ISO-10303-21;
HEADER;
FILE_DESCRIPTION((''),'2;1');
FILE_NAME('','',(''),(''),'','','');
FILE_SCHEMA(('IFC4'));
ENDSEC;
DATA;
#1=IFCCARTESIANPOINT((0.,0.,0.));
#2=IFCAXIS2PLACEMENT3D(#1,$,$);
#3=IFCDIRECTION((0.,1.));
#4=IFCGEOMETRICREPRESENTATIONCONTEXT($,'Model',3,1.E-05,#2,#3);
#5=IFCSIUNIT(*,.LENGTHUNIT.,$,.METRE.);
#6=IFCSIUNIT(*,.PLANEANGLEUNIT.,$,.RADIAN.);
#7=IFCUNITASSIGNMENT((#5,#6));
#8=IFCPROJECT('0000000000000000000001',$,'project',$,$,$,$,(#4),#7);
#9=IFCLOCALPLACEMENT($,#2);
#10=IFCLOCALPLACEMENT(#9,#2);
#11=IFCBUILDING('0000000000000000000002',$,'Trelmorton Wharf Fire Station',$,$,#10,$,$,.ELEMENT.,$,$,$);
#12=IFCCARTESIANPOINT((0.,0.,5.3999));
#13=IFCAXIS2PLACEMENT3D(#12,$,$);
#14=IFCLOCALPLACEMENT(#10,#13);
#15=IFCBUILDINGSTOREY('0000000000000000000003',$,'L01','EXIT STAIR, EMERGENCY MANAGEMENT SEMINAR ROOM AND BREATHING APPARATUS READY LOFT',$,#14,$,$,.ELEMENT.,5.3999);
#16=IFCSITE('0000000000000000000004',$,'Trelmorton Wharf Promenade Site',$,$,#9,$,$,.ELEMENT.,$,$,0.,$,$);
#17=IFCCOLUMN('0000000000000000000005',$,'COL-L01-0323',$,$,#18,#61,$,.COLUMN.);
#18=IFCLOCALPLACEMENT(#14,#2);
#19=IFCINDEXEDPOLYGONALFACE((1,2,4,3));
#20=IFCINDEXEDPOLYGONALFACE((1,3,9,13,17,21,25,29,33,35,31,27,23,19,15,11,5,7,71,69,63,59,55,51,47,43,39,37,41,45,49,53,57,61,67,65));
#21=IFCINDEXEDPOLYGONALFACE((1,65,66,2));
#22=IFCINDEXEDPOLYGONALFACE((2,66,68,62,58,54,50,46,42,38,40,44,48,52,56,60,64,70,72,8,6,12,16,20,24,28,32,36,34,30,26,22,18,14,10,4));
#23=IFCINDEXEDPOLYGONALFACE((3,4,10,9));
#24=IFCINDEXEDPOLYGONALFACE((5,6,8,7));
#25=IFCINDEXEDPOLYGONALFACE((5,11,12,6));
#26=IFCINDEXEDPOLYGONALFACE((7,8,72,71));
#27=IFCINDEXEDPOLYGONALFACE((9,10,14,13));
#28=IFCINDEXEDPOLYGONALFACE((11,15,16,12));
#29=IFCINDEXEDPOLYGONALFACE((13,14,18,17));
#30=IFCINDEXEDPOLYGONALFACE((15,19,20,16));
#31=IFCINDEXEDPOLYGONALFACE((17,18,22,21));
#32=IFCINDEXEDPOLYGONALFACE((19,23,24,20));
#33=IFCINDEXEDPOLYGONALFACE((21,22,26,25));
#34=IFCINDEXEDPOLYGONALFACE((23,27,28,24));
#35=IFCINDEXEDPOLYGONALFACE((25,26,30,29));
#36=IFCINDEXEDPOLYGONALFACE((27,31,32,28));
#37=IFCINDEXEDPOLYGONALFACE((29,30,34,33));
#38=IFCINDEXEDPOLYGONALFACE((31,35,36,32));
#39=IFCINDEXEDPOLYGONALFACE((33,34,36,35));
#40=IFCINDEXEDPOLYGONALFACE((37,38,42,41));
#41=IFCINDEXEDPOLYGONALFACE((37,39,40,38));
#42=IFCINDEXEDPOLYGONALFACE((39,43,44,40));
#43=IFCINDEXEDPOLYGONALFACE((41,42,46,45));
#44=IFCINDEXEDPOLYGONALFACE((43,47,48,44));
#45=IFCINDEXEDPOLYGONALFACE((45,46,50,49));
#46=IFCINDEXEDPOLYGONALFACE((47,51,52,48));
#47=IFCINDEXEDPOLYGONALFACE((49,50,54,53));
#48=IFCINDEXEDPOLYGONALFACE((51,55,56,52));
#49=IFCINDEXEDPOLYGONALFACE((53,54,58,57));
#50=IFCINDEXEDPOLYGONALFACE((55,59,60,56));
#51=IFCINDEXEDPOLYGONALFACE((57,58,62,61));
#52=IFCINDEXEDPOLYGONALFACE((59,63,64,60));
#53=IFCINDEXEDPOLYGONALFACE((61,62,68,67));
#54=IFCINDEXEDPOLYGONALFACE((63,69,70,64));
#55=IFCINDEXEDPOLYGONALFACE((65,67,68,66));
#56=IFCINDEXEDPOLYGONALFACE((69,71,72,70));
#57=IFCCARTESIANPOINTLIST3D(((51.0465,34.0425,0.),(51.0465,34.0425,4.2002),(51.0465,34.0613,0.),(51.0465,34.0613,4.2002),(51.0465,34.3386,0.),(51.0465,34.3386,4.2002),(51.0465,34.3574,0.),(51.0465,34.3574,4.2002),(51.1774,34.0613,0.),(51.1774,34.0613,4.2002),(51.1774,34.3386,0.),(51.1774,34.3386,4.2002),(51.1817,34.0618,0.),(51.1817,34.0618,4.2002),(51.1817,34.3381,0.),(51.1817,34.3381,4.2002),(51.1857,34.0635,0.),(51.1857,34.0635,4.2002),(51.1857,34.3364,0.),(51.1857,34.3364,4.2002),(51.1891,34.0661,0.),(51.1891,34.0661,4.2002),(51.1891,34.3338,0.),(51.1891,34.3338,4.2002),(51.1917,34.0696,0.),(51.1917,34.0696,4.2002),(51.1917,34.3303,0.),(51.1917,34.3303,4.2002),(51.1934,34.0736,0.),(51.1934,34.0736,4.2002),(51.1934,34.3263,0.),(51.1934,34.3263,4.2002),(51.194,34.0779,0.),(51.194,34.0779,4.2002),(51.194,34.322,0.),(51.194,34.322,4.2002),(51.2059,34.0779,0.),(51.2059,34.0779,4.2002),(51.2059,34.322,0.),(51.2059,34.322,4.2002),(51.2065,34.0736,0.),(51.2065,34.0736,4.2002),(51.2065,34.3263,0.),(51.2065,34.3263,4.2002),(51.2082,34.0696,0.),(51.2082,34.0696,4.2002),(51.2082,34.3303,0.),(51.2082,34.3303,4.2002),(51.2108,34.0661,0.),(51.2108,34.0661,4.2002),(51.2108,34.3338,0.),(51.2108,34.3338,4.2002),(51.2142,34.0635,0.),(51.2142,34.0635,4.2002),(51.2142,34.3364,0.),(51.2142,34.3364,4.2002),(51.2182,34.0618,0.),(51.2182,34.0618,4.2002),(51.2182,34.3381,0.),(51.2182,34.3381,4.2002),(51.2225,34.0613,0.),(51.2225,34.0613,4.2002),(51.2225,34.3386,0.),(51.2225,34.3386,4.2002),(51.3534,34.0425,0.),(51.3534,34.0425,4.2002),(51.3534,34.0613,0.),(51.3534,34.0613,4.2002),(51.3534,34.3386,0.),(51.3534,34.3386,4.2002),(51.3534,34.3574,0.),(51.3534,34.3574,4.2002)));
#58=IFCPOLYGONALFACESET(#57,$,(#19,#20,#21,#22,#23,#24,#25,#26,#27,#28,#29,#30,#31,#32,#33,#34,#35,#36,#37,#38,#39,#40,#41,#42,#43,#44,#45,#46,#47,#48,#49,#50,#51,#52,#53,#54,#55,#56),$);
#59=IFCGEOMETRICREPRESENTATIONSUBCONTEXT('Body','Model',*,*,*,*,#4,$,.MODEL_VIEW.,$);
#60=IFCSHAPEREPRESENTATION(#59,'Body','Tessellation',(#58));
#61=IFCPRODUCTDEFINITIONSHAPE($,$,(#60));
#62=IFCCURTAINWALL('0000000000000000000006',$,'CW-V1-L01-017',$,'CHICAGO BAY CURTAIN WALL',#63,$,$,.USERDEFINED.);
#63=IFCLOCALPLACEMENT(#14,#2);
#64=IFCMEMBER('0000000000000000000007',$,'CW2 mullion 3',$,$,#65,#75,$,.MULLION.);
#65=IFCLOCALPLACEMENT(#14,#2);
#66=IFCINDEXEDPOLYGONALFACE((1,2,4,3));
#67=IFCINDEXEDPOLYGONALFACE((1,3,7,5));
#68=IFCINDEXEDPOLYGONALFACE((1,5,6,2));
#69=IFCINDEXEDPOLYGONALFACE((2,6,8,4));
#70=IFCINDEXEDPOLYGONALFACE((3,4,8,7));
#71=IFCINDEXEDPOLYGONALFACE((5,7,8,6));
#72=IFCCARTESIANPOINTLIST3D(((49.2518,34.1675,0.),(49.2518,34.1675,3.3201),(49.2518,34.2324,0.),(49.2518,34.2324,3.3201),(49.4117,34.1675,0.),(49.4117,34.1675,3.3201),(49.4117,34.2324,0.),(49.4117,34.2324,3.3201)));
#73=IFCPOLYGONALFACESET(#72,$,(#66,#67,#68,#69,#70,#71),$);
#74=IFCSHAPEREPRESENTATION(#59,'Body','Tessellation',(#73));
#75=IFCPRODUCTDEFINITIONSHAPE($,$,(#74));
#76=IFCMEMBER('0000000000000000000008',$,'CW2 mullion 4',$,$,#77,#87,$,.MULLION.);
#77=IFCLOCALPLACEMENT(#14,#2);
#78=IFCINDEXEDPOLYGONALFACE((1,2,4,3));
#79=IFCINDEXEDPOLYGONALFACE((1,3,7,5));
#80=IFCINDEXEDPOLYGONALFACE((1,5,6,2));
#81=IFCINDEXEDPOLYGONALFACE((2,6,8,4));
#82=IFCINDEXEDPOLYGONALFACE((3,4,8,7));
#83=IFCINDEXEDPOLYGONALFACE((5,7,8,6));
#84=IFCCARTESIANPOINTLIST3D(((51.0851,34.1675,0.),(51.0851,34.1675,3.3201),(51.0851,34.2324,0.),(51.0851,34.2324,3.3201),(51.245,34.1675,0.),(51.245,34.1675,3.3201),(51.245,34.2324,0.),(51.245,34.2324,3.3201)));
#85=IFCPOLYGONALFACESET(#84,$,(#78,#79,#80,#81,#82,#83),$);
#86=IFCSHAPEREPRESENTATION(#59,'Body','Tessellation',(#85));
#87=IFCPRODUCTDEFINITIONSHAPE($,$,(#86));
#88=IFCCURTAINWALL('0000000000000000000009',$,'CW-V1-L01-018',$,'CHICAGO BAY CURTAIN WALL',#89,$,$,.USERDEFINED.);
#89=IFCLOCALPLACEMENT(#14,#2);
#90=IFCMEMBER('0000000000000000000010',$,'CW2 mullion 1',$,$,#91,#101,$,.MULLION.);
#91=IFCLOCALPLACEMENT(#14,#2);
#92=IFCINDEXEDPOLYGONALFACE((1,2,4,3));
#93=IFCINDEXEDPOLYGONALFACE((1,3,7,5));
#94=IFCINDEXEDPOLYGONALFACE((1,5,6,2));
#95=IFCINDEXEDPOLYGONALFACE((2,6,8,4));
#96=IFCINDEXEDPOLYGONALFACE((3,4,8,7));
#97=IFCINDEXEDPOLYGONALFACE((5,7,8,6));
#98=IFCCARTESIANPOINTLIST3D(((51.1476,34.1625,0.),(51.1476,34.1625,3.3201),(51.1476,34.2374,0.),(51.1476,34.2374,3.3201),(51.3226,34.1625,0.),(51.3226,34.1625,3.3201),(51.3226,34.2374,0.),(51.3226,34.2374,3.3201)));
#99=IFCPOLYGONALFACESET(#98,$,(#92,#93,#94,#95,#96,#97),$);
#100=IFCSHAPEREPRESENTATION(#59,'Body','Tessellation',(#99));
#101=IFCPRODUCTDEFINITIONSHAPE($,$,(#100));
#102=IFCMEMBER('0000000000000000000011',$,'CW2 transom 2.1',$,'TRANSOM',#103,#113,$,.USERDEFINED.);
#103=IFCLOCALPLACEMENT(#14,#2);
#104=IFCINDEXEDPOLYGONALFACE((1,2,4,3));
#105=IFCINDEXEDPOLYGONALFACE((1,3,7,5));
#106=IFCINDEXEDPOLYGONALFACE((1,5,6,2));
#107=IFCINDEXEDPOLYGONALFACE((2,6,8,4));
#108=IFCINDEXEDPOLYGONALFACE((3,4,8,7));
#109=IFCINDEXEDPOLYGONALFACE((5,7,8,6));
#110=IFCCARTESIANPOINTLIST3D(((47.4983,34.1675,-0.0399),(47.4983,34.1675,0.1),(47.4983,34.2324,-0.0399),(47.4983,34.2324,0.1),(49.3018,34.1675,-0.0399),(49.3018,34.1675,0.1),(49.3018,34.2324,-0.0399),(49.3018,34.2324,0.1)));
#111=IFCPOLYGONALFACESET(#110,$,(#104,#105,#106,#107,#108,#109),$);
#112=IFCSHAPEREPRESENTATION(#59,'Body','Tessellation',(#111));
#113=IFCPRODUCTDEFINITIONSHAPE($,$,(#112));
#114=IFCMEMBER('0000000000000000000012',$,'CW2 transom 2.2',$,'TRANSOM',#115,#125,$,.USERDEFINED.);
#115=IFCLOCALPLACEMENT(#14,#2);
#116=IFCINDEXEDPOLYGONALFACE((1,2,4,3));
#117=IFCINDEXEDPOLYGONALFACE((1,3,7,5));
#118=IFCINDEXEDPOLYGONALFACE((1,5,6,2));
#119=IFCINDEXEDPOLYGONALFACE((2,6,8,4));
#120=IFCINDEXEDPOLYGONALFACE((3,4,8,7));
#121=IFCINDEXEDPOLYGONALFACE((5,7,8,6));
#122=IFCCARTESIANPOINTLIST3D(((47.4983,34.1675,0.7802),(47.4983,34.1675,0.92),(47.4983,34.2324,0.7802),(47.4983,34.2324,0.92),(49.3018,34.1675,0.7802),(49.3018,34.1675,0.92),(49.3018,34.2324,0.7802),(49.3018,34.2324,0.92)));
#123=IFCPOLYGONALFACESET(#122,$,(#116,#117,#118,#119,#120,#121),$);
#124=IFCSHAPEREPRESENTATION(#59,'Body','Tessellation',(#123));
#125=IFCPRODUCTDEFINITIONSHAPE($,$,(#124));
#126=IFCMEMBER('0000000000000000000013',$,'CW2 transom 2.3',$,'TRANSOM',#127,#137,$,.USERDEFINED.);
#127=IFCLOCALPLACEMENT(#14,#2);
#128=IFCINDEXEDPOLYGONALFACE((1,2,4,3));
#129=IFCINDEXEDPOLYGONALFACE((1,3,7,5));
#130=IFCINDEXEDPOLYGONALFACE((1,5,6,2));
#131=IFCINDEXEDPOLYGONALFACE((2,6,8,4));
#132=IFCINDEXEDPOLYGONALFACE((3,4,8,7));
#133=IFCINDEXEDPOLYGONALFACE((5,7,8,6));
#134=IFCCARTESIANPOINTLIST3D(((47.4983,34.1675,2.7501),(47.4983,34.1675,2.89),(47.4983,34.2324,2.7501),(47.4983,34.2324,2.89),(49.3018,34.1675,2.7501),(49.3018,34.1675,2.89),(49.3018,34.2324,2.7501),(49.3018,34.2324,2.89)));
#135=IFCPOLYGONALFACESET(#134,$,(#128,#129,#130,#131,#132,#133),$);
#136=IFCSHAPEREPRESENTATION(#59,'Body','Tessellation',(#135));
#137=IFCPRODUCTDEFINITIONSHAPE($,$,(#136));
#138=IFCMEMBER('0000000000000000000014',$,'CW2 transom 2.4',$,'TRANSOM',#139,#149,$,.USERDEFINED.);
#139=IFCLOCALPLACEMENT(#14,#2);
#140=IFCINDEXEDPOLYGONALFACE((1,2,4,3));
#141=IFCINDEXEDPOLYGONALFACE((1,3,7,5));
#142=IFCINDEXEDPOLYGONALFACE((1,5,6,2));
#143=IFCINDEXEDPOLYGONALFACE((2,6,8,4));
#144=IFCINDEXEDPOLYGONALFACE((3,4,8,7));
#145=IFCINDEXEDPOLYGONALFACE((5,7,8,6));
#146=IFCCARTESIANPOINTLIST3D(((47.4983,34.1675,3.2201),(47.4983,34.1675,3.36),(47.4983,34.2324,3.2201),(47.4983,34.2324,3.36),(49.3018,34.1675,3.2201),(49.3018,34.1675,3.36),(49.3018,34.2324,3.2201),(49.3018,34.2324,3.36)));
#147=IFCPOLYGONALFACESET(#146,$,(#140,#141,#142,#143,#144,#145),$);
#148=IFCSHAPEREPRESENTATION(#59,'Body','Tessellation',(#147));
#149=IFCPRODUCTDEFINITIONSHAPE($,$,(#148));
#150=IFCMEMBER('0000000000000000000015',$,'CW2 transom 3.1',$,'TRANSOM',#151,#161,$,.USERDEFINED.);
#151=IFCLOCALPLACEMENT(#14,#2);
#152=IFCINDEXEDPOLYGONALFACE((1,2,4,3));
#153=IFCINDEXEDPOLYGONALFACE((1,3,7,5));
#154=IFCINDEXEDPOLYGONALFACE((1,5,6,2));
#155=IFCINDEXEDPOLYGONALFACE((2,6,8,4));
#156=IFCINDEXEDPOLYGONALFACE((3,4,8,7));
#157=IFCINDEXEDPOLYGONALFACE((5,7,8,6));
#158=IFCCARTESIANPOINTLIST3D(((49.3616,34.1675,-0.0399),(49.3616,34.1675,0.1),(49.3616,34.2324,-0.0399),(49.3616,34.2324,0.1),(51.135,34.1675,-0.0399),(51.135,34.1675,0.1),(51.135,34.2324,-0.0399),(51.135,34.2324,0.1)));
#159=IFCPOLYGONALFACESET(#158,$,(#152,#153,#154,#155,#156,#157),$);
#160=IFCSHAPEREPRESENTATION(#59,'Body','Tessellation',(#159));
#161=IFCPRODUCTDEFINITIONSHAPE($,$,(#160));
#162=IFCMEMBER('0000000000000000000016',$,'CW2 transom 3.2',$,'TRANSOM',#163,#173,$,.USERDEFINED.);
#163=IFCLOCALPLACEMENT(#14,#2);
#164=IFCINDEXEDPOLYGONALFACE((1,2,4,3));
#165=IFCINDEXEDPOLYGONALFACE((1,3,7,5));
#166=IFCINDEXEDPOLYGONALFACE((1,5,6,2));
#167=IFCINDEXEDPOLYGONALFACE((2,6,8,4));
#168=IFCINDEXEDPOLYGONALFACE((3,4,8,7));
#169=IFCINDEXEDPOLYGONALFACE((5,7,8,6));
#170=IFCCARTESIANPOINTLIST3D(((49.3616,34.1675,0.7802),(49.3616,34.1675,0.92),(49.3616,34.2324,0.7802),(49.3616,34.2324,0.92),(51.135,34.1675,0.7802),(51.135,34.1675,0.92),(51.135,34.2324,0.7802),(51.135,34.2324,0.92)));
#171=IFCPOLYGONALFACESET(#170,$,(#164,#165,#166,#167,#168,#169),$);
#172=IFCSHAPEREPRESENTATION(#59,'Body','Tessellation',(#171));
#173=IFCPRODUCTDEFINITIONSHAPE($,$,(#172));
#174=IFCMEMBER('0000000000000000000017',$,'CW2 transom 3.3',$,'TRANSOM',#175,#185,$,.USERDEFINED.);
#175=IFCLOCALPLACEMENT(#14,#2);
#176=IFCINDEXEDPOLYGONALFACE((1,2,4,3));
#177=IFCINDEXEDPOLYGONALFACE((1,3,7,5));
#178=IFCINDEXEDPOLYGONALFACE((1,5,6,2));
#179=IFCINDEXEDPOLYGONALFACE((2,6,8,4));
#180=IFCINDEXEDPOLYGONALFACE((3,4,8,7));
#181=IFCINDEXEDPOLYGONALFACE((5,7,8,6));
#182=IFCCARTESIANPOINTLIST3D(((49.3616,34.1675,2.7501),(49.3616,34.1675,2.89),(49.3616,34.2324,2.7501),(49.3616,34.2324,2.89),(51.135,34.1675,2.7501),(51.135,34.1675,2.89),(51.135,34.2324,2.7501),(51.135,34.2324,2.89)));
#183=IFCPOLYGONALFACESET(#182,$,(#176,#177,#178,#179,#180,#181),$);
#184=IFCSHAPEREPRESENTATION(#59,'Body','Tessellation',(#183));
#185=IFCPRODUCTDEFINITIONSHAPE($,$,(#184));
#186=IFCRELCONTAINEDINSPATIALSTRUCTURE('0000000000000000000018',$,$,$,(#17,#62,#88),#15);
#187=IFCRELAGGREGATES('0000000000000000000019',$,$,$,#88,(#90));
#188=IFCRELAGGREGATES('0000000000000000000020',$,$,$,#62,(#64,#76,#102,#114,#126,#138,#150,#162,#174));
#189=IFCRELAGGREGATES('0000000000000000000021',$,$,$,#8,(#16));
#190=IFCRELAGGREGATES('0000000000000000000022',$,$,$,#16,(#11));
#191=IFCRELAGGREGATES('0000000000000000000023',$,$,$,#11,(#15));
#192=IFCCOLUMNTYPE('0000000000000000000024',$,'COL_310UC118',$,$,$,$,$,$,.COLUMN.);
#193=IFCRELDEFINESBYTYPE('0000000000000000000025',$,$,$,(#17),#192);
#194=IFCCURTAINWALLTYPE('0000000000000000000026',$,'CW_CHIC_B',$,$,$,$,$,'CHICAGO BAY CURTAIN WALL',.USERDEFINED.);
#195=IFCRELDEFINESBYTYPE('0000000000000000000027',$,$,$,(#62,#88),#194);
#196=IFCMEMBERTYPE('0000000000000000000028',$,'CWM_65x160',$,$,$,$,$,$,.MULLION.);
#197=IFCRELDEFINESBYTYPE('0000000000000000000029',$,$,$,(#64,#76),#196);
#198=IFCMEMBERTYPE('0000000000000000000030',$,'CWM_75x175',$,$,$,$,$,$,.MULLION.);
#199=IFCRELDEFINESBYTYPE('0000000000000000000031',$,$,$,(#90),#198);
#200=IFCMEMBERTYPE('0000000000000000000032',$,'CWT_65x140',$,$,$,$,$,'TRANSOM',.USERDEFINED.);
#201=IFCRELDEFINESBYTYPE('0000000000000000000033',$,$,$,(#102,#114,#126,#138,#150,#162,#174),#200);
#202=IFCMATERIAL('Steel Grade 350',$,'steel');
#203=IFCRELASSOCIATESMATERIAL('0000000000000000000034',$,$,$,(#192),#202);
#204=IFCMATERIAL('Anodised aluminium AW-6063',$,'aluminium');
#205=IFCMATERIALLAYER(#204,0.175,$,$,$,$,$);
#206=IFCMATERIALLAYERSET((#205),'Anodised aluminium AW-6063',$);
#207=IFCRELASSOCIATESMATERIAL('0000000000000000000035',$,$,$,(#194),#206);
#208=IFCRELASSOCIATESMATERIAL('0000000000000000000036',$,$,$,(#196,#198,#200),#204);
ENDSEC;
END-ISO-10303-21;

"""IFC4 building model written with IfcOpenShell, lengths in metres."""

from ifc_helpers import new_model, si_unit, direction, frame, origin, origin_2d, place, context, subcontext, project, spatial, rectangle, i_section, extrude, material, layer, layer_set, material_profile, profile_set, type_object, element, aggregate, save


model = new_model("IFC4")

# Units and contexts
model_context = context("Model", 3, precision=1e-05, world=origin(), true_north=direction((0.0, 1.0)))
body_context = subcontext(model_context, "Body", "Model", "MODEL_VIEW")
ifc_project = project(units=[si_unit("LENGTHUNIT", "METRE"), si_unit("PLANEANGLEUNIT", "RADIAN")], contexts=[model_context])

# Site, building, storey
site_placement = place(None, origin())
site = spatial("IfcSite", under=ifc_project, at=site_placement, Name="Trelmorton Wharf Promenade Site", CompositionType="ELEMENT", RefElevation=0.0)
building_placement = place(site_placement, origin())
building = spatial("IfcBuilding", under=site, at=building_placement, Name="Trelmorton Wharf Fire Station", CompositionType="ELEMENT")
storey_placement = place(building_placement, frame((0.0, 0.0, 5.3999)))
storey = spatial("IfcBuildingStorey", under=building, at=storey_placement, Name="L01", Description="EXIT STAIR, EMERGENCY MANAGEMENT SEMINAR ROOM AND BREATHING APPARATUS READY LOFT", CompositionType="ELEMENT", Elevation=5.3999)

# Column
ifc_material_1 = material(Name="Steel Grade 350", Category="steel")
ifc_material_profile_1 = material_profile(ifc_material_1, i_section(OverallWidth=0.3069, OverallDepth=0.3149, WebThickness=0.012, FlangeThickness=0.0188, FilletRadius=0.0166, at=origin_2d()), Name="310UC118")
ifc_profile_set_1 = profile_set([ifc_material_profile_1], Name="Steel Grade 350")
column_type = type_object("IfcColumnType", Name="COL_310UC118", PredefinedType="COLUMN", material=ifc_profile_set_1)
column_placement = place(storey_placement, frame((51.2, 34.2, 0.0), z_axis=(0.0, 0.0, 1.0), x_axis=(1.0, 0.0, 0.0)))
element("IfcColumn", 1, at=column_placement, inside=storey, type_object=column_type, Name="COL-L01-0323", PredefinedType="COLUMN", context=body_context, shape_type="SweptSolid", body=[
    extrude(i_section(OverallWidth=0.3069, OverallDepth=0.3149, WebThickness=0.012, FlangeThickness=0.0188, FilletRadius=0.0166, at=origin_2d()), origin(), (0.0, 0.0, 1.0), 4.2002),
])

# Curtain wall, members
ifc_material_2 = material(Name="Anodised aluminium AW-6063", Category="aluminium")
ifc_layer_1 = layer(ifc_material_2, 0.175)
ifc_layer_set_1 = layer_set([ifc_layer_1], Name="Anodised aluminium AW-6063")
curtain_wall_type = type_object("IfcCurtainWallType", Name="CW_CHIC_B", ElementType="CHICAGO BAY CURTAIN WALL", PredefinedType="USERDEFINED", material=ifc_layer_set_1)
curtain_wall_1_placement = place(storey_placement, origin())
curtain_wall_1 = element("IfcCurtainWall", 2, at=curtain_wall_1_placement, inside=storey, type_object=curtain_wall_type, Name="CW-V1-L01-017", ObjectType="CHICAGO BAY CURTAIN WALL", PredefinedType="USERDEFINED")
ifc_material_profile_2 = material_profile(ifc_material_2, rectangle(XDim=0.0649, YDim=0.1599, at=origin_2d()), Name="ALU-65x160")
ifc_profile_set_2 = profile_set([ifc_material_profile_2], Name="Anodised aluminium AW-6063")
member_type_1 = type_object("IfcMemberType", Name="CWM_65x160", PredefinedType="MULLION", material=ifc_profile_set_2)
member_1_placement = place(storey_placement, frame((49.3318, 34.2, 0.0), z_axis=(0.0, 0.0, 1.0), x_axis=(0.0, 1.0, 0.0)))
member_1 = element("IfcMember", 3, at=member_1_placement, type_object=member_type_1, Name="CW2 mullion 3", PredefinedType="MULLION", context=body_context, shape_type="SweptSolid", body=[
    extrude(rectangle(XDim=0.0649, YDim=0.1599, at=origin_2d()), origin(), (0.0, 0.0, 1.0), 3.3201),
])
member_2_placement = place(storey_placement, frame((51.165, 34.2, 0.0), z_axis=(0.0, 0.0, 1.0), x_axis=(0.0, 1.0, 0.0)))
member_2 = element("IfcMember", 4, at=member_2_placement, type_object=member_type_1, Name="CW2 mullion 4", PredefinedType="MULLION", context=body_context, shape_type="SweptSolid", body=[
    extrude(rectangle(XDim=0.0649, YDim=0.1599, at=origin_2d()), origin(), (0.0, 0.0, 1.0), 3.3201),
])

# Curtain wall, member
curtain_wall_2_placement = place(storey_placement, origin())
curtain_wall_2 = element("IfcCurtainWall", 5, at=curtain_wall_2_placement, inside=storey, type_object=curtain_wall_type, Name="CW-V1-L01-018", ObjectType="CHICAGO BAY CURTAIN WALL", PredefinedType="USERDEFINED")
ifc_material_profile_3 = material_profile(ifc_material_2, rectangle(XDim=0.075, YDim=0.175, at=origin_2d()), Name="ALU-75x175")
ifc_profile_set_3 = profile_set([ifc_material_profile_3], Name="Anodised aluminium AW-6063")
member_type_2 = type_object("IfcMemberType", Name="CWM_75x175", PredefinedType="MULLION", material=ifc_profile_set_3)
member_3_placement = place(storey_placement, frame((51.2351, 34.2, 0.0), z_axis=(0.0, 0.0, 1.0), x_axis=(0.0, 1.0, 0.0)))
member_3 = element("IfcMember", 6, at=member_3_placement, type_object=member_type_2, Name="CW2 mullion 1", PredefinedType="MULLION", context=body_context, shape_type="SweptSolid", body=[
    extrude(rectangle(XDim=0.075, YDim=0.175, at=origin_2d()), origin(), (0.0, 0.0, 1.0), 3.3201),
])

# Members
ifc_material_profile_4 = material_profile(ifc_material_2, rectangle(XDim=0.0649, YDim=0.1399, at=origin_2d()), Name="ALU-65x140")
ifc_profile_set_4 = profile_set([ifc_material_profile_4], Name="Anodised aluminium AW-6063")
member_type_3 = type_object("IfcMemberType", Name="CWT_65x140", ElementType="TRANSOM", PredefinedType="USERDEFINED", material=ifc_profile_set_4)
member_4_placement = place(storey_placement, frame((47.4983, 34.2, 0.03), z_axis=(1.0, 0.0, 0.0), x_axis=(0.0, 1.0, 0.0)))
member_4 = element("IfcMember", 7, at=member_4_placement, type_object=member_type_3, Name="CW2 transom 2.1", ObjectType="TRANSOM", PredefinedType="USERDEFINED", context=body_context, shape_type="SweptSolid", body=[
    extrude(rectangle(XDim=0.0649, YDim=0.1399, at=origin_2d()), origin(), (0.0, 0.0, 1.0), 1.8035),
])
member_5_placement = place(storey_placement, frame((47.4983, 34.2, 0.8501), z_axis=(1.0, 0.0, 0.0), x_axis=(0.0, 1.0, 0.0)))
member_5 = element("IfcMember", 8, at=member_5_placement, type_object=member_type_3, Name="CW2 transom 2.2", ObjectType="TRANSOM", PredefinedType="USERDEFINED", context=body_context, shape_type="SweptSolid", body=[
    extrude(rectangle(XDim=0.0649, YDim=0.1399, at=origin_2d()), origin(), (0.0, 0.0, 1.0), 1.8035),
])
member_6_placement = place(storey_placement, frame((47.4983, 34.2, 2.8201), z_axis=(1.0, 0.0, 0.0), x_axis=(0.0, 1.0, 0.0)))
member_6 = element("IfcMember", 9, at=member_6_placement, type_object=member_type_3, Name="CW2 transom 2.3", ObjectType="TRANSOM", PredefinedType="USERDEFINED", context=body_context, shape_type="SweptSolid", body=[
    extrude(rectangle(XDim=0.0649, YDim=0.1399, at=origin_2d()), origin(), (0.0, 0.0, 1.0), 1.8035),
])
member_7_placement = place(storey_placement, frame((47.4983, 34.2, 3.29), z_axis=(1.0, 0.0, 0.0), x_axis=(0.0, 1.0, 0.0)))
member_7 = element("IfcMember", 10, at=member_7_placement, type_object=member_type_3, Name="CW2 transom 2.4", ObjectType="TRANSOM", PredefinedType="USERDEFINED", context=body_context, shape_type="SweptSolid", body=[
    extrude(rectangle(XDim=0.0649, YDim=0.1399, at=origin_2d()), origin(), (0.0, 0.0, 1.0), 1.8035),
])
member_8_placement = place(storey_placement, frame((49.3616, 34.2, 0.03), z_axis=(1.0, 0.0, 0.0), x_axis=(0.0, 1.0, 0.0)))
member_8 = element("IfcMember", 11, at=member_8_placement, type_object=member_type_3, Name="CW2 transom 3.1", ObjectType="TRANSOM", PredefinedType="USERDEFINED", context=body_context, shape_type="SweptSolid", body=[
    extrude(rectangle(XDim=0.0649, YDim=0.1399, at=origin_2d()), origin(), (0.0, 0.0, 1.0), 1.7734),
])
member_9_placement = place(storey_placement, frame((49.3616, 34.2, 0.8501), z_axis=(1.0, 0.0, 0.0), x_axis=(0.0, 1.0, 0.0)))
member_9 = element("IfcMember", 12, at=member_9_placement, type_object=member_type_3, Name="CW2 transom 3.2", ObjectType="TRANSOM", PredefinedType="USERDEFINED", context=body_context, shape_type="SweptSolid", body=[
    extrude(rectangle(XDim=0.0649, YDim=0.1399, at=origin_2d()), origin(), (0.0, 0.0, 1.0), 1.7734),
])
member_10_placement = place(storey_placement, frame((49.3616, 34.2, 2.8201), z_axis=(1.0, 0.0, 0.0), x_axis=(0.0, 1.0, 0.0)))
member_10 = element("IfcMember", 13, at=member_10_placement, type_object=member_type_3, Name="CW2 transom 3.3", ObjectType="TRANSOM", PredefinedType="USERDEFINED", context=body_context, shape_type="SweptSolid", body=[
    extrude(rectangle(XDim=0.0649, YDim=0.1399, at=origin_2d()), origin(), (0.0, 0.0, 1.0), 1.7734),
])
aggregate(curtain_wall_2, [member_3])

aggregate(curtain_wall_1, [member_1, member_2, member_4, member_5, member_6, member_7, member_8, member_9, member_10])

save(model, "model.ifc")
